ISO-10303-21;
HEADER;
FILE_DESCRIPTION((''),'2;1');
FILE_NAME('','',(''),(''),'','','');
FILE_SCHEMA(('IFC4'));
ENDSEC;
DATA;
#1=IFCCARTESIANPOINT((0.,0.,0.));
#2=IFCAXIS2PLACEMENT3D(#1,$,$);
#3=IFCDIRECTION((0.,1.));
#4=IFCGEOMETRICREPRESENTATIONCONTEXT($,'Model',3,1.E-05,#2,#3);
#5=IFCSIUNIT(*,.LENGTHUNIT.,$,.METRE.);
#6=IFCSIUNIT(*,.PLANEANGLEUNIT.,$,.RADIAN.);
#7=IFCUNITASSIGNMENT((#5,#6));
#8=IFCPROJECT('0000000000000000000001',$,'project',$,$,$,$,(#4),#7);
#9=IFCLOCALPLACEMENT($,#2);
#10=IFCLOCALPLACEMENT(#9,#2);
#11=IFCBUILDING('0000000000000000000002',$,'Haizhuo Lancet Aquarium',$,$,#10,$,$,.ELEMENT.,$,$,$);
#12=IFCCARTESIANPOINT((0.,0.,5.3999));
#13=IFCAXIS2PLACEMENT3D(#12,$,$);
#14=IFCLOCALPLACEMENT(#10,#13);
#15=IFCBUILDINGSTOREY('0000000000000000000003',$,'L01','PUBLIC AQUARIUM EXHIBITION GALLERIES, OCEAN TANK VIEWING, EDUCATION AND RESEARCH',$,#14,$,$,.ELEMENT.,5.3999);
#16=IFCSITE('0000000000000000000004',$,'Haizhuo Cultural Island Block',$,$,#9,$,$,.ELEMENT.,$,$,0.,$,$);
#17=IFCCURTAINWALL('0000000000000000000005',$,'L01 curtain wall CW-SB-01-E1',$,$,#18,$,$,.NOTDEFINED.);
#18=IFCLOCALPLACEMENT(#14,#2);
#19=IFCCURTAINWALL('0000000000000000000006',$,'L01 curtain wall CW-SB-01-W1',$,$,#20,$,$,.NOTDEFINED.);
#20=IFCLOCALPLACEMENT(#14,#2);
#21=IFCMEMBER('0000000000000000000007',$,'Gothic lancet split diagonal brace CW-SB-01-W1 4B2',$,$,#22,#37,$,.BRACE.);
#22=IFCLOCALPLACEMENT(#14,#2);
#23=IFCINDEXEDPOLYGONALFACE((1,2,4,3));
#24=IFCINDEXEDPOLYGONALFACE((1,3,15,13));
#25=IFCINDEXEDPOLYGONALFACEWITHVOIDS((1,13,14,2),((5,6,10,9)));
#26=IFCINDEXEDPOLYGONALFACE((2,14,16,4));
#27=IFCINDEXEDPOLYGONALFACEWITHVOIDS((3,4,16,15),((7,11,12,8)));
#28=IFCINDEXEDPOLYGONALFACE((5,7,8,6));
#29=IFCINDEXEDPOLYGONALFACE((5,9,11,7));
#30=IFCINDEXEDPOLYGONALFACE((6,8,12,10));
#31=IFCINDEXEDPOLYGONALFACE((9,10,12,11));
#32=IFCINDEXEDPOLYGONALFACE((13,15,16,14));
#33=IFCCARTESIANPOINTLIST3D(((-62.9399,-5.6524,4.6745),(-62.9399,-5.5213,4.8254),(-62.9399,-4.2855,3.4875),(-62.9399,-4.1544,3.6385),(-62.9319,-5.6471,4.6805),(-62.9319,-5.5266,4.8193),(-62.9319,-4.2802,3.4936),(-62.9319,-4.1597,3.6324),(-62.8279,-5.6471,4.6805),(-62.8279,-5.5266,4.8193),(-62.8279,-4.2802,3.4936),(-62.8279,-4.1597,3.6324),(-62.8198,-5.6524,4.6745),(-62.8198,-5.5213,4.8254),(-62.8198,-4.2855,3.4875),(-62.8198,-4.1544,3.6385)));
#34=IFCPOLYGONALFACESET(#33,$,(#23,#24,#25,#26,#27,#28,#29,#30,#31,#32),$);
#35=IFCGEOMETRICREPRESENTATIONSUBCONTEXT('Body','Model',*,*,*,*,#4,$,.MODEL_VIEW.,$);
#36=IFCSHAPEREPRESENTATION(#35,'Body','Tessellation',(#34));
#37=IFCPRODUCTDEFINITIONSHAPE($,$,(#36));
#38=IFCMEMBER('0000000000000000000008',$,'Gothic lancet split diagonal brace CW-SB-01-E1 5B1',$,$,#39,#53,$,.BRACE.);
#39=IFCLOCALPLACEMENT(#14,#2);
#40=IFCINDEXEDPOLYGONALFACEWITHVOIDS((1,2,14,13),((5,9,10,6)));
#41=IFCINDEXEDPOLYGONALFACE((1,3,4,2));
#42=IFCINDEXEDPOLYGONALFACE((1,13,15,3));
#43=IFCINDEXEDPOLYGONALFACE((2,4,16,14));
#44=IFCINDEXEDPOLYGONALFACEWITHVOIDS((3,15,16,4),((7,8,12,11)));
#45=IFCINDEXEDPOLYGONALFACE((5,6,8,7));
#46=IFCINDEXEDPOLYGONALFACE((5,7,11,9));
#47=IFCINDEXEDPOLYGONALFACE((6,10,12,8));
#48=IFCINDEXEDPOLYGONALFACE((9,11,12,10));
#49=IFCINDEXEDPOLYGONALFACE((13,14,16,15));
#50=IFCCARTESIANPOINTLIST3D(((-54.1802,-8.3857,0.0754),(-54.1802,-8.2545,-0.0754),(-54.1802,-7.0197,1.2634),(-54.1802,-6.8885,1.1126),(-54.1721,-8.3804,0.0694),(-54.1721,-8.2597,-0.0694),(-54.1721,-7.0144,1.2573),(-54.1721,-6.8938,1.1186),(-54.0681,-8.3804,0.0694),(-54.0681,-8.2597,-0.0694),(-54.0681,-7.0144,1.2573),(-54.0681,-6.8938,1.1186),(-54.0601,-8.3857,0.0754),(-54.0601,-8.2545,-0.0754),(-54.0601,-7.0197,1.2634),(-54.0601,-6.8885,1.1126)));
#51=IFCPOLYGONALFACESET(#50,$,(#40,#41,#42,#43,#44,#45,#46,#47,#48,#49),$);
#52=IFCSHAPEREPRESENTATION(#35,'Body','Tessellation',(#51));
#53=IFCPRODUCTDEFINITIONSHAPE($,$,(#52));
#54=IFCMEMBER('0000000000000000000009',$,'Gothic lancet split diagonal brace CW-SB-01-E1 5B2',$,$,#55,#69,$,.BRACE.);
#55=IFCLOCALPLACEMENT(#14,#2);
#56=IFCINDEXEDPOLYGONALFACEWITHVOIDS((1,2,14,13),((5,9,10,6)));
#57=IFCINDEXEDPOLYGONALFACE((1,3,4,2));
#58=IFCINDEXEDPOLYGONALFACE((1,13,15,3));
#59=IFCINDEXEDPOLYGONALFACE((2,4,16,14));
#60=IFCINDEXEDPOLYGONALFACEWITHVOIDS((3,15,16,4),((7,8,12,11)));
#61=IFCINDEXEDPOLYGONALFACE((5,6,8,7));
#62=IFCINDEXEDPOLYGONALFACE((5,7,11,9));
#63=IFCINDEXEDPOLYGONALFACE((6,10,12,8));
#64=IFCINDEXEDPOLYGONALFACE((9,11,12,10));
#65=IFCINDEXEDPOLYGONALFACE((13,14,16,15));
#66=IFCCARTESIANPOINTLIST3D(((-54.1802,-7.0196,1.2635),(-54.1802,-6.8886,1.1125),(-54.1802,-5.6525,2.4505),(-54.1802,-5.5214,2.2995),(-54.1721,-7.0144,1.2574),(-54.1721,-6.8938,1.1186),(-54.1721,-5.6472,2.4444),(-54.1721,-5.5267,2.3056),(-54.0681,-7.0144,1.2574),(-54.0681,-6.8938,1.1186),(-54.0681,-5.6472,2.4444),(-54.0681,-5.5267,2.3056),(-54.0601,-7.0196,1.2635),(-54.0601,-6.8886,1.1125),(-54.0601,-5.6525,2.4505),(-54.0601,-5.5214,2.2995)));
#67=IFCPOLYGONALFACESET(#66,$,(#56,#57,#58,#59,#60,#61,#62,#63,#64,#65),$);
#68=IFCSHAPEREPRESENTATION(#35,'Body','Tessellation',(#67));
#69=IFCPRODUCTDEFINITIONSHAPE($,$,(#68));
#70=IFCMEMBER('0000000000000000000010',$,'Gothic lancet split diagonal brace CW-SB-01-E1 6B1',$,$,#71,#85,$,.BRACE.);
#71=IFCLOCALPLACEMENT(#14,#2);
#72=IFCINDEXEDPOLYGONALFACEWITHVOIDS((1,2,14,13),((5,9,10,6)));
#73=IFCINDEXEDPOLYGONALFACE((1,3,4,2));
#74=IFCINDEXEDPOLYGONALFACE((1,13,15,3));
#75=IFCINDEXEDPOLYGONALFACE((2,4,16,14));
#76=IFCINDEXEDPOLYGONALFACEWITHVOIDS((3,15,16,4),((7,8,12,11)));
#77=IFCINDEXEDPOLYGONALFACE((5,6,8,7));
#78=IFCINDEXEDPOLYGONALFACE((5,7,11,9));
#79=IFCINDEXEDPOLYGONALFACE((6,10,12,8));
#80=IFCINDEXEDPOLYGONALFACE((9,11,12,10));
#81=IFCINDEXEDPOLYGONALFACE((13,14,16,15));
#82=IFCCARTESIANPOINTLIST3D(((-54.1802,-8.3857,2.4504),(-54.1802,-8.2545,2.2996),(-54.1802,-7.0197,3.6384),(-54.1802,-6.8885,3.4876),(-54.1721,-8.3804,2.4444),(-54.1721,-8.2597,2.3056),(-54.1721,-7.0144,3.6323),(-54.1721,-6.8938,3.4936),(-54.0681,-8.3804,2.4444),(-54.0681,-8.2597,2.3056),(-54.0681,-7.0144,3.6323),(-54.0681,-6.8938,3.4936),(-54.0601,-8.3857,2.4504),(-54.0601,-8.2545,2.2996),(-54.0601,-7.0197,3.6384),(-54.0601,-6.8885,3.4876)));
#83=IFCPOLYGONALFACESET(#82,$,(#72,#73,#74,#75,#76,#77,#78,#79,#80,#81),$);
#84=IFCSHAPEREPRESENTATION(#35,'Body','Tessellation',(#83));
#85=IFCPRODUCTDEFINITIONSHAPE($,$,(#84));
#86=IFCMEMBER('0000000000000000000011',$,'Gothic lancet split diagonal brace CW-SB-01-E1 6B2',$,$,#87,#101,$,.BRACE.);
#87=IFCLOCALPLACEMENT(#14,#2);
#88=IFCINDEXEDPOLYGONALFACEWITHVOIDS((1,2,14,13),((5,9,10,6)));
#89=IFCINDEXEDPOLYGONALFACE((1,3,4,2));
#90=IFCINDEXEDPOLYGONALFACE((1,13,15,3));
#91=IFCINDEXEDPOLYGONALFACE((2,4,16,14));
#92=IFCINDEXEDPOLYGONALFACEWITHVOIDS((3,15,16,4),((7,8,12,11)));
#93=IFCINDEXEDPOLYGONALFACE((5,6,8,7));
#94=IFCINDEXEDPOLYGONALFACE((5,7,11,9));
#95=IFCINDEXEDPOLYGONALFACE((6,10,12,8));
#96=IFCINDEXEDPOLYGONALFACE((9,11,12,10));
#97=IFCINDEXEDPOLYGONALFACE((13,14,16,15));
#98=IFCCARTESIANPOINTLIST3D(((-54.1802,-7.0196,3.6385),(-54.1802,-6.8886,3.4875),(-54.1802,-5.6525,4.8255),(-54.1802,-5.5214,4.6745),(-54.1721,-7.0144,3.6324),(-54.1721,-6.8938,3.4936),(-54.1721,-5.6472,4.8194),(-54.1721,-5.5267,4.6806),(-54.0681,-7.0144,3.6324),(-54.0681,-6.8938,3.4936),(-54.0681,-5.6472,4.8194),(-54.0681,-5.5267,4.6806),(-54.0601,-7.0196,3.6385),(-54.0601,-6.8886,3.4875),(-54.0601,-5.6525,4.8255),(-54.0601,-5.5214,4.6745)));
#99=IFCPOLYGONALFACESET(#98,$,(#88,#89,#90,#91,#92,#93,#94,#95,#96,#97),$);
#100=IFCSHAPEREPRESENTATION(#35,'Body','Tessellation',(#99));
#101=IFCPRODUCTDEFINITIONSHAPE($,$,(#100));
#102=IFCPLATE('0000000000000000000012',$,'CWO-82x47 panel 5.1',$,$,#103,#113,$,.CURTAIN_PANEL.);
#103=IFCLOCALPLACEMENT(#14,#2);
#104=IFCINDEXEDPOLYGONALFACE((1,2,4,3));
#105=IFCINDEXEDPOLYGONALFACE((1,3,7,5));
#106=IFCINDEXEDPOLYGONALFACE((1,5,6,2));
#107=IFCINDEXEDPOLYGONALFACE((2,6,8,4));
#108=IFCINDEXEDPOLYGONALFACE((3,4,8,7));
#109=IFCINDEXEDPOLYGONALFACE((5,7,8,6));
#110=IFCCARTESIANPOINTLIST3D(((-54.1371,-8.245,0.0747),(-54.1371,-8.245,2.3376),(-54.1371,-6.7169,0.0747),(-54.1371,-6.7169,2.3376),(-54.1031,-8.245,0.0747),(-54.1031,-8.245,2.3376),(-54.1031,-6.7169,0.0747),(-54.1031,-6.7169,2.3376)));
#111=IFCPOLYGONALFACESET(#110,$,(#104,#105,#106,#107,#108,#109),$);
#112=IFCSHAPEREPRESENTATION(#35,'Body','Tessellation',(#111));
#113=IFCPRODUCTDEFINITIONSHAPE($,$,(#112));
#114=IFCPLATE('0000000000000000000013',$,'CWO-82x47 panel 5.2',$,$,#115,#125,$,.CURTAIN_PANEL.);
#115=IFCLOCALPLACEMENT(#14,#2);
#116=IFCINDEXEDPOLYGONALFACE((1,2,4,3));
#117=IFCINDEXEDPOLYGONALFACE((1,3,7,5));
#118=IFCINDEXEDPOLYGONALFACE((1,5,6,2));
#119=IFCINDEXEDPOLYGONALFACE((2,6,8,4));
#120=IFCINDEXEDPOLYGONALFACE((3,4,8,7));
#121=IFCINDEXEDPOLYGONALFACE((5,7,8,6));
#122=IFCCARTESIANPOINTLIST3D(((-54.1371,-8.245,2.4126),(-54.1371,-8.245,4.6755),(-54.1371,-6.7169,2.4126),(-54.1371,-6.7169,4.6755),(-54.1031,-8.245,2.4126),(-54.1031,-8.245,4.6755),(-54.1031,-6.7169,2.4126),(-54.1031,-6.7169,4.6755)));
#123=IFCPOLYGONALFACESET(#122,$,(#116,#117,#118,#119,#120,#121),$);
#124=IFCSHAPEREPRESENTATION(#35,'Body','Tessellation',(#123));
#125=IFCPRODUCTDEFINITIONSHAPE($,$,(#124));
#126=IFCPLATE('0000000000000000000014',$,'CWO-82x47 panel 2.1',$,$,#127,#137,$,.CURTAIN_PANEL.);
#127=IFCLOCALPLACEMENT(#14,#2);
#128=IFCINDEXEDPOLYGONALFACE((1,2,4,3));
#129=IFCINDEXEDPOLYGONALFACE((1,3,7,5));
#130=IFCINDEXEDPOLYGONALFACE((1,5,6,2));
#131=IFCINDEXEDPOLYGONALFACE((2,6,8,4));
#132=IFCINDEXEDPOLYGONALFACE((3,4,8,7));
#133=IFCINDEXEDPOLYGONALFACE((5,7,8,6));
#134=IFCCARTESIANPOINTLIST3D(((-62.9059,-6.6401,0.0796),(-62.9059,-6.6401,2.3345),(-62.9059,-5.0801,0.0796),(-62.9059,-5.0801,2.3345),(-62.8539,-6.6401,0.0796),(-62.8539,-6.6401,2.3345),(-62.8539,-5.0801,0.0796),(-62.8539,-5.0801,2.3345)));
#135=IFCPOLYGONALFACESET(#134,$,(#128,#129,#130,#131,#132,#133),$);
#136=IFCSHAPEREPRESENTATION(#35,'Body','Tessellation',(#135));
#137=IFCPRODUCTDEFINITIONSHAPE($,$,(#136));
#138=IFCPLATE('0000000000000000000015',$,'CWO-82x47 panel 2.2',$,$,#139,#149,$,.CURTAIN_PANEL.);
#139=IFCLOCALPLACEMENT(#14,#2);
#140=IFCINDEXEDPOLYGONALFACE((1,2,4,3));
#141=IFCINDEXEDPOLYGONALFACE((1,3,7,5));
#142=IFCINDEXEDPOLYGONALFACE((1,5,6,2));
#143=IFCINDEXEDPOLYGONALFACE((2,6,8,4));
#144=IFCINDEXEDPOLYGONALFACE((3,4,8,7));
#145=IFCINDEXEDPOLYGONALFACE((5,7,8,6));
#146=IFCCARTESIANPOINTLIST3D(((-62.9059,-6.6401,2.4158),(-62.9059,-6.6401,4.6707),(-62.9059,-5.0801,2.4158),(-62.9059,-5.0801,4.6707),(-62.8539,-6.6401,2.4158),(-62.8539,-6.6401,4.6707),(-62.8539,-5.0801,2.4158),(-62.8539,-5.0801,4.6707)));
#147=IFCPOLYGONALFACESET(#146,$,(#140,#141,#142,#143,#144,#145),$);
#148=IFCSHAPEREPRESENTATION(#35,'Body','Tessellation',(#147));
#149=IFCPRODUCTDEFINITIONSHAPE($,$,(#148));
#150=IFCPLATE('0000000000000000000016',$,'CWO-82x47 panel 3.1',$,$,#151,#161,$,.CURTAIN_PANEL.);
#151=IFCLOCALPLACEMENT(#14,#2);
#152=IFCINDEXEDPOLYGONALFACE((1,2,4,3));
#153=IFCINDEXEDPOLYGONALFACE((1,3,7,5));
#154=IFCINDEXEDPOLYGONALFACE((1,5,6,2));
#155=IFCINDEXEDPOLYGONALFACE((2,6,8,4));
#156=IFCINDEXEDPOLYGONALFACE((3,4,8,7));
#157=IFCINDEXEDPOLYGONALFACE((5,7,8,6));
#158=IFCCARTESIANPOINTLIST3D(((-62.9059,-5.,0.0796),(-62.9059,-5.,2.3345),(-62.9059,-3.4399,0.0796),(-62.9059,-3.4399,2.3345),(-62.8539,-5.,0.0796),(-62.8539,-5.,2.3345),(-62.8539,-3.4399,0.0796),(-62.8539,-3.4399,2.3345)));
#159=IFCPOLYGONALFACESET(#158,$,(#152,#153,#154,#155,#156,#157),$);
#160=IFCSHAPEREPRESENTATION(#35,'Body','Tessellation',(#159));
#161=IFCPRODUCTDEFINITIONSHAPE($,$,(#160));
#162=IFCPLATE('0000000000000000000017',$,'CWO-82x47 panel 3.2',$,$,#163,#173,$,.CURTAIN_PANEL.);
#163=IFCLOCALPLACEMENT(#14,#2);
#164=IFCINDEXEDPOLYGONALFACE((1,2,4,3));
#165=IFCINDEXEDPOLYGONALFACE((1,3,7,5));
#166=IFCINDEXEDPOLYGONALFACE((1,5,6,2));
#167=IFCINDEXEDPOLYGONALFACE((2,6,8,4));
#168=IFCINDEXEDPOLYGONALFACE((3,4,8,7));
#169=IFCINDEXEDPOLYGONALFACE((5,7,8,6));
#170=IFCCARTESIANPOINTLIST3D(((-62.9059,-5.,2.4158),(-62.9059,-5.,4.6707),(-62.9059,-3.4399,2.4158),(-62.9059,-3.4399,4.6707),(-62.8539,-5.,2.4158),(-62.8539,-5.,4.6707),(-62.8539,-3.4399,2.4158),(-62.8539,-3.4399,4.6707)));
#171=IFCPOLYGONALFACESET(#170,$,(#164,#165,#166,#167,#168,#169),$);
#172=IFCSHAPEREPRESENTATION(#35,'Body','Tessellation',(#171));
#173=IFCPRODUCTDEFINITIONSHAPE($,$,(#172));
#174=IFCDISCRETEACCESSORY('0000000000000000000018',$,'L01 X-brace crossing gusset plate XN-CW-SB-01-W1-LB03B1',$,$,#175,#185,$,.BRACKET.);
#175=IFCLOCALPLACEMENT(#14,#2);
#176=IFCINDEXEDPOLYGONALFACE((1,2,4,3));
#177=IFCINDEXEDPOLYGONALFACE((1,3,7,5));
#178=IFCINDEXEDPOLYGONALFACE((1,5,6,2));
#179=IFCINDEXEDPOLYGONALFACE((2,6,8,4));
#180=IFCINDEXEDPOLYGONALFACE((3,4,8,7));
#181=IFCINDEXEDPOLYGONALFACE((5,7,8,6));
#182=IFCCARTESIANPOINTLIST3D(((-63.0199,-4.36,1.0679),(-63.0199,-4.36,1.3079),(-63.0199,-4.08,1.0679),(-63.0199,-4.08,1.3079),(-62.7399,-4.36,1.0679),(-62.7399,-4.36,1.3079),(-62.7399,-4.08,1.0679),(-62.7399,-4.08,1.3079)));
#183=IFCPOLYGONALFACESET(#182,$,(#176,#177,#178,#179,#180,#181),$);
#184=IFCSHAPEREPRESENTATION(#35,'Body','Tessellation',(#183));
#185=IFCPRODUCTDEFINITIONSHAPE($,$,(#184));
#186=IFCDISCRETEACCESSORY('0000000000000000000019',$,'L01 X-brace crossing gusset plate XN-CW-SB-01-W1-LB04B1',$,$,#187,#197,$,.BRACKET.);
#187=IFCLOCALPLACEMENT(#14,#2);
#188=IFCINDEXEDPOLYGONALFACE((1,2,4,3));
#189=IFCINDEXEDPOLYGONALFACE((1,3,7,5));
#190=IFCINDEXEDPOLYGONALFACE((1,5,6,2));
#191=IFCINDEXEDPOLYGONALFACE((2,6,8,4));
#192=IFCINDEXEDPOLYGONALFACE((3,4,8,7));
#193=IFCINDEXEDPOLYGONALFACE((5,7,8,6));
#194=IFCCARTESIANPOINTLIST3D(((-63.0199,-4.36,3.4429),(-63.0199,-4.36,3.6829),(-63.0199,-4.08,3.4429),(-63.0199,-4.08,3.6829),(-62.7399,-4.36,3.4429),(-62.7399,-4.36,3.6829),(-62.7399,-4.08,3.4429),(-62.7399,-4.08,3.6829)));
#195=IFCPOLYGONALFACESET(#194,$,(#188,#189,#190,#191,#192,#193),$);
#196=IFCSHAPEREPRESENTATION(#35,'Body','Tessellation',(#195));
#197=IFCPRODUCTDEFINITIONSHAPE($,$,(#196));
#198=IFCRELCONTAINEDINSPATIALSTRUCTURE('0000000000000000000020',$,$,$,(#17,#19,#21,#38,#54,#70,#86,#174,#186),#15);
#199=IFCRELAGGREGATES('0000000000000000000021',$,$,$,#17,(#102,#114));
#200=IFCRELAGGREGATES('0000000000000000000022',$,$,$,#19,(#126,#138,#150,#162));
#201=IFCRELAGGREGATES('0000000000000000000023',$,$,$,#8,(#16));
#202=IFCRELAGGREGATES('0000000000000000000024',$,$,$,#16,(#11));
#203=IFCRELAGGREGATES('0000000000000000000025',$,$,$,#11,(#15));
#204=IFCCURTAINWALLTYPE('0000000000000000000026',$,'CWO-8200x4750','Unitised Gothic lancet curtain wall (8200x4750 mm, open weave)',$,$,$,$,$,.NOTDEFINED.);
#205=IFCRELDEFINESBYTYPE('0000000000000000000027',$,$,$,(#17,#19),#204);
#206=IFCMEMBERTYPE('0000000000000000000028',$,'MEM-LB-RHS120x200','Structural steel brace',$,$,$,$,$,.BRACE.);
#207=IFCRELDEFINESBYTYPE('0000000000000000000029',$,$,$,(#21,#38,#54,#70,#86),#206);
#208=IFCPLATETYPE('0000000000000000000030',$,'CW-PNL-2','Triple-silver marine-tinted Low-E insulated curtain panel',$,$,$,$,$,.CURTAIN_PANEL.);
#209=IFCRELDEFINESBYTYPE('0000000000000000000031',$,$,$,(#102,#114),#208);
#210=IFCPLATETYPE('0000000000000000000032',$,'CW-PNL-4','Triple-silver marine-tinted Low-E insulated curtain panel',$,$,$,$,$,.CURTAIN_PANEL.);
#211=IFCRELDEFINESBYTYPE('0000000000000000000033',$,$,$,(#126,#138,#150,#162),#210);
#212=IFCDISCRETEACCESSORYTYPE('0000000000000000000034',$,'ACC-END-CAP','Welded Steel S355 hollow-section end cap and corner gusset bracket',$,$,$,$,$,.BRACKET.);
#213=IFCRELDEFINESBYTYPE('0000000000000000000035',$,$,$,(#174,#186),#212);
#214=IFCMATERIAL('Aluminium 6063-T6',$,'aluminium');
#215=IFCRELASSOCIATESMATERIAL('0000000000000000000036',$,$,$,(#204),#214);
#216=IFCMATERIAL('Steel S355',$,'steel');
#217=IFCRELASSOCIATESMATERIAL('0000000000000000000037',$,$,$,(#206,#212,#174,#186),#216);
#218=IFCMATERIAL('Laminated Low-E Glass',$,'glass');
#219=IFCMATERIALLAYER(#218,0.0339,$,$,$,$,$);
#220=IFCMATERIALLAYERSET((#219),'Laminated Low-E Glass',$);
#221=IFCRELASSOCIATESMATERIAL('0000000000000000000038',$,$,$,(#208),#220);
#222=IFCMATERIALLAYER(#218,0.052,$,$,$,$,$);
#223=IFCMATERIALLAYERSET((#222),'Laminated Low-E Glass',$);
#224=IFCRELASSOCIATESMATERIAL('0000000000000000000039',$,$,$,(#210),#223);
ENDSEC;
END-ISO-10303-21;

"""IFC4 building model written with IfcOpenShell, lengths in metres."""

from ifc_helpers import new_model, si_unit, direction, frame, origin, origin_2d, place, context, subcontext, project, spatial, rectangle, hollow_rectangle, extrude, material, layer, layer_set, material_profile, profile_set, type_object, element, aggregate, save


model = new_model("IFC4")

# Units and contexts
model_context = context("Model", 3, precision=1e-05, world=origin(), true_north=direction((0.0, 1.0)))
body_context = subcontext(model_context, "Body", "Model", "MODEL_VIEW")
ifc_project = project(units=[si_unit("LENGTHUNIT", "METRE"), si_unit("PLANEANGLEUNIT", "RADIAN")], contexts=[model_context])

# Site, building, storey
site_placement = place(None, origin())
site = spatial("IfcSite", under=ifc_project, at=site_placement, Name="Haizhuo Cultural Island Block", CompositionType="ELEMENT", RefElevation=0.0)
building_placement = place(site_placement, origin())
building = spatial("IfcBuilding", under=site, at=building_placement, Name="Haizhuo Lancet Aquarium", CompositionType="ELEMENT")
storey_placement = place(building_placement, frame((0.0, 0.0, 5.3999)))
storey = spatial("IfcBuildingStorey", under=building, at=storey_placement, Name="L01", Description="PUBLIC AQUARIUM EXHIBITION GALLERIES, OCEAN TANK VIEWING, EDUCATION AND RESEARCH", CompositionType="ELEMENT", Elevation=5.3999)

# Curtain wall
ifc_material_1 = material(Name="Aluminium 6063-T6", Category="aluminium")
curtain_wall_type = type_object("IfcCurtainWallType", Name="CWO-8200x4750", Description="Unitised Gothic lancet curtain wall (8200x4750 mm, open weave)", PredefinedType="NOTDEFINED", material=ifc_material_1)
curtain_wall_1_placement = place(storey_placement, origin())
curtain_wall_1 = element("IfcCurtainWall", 1, at=curtain_wall_1_placement, inside=storey, type_object=curtain_wall_type, Name="L01 curtain wall CW-SB-01-E1", PredefinedType="NOTDEFINED")

# Curtain wall
curtain_wall_2_placement = place(storey_placement, origin())
curtain_wall_2 = element("IfcCurtainWall", 2, at=curtain_wall_2_placement, inside=storey, type_object=curtain_wall_type, Name="L01 curtain wall CW-SB-01-W1", PredefinedType="NOTDEFINED")

# Members
ifc_material_2 = material(Name="Steel S355", Category="steel")
ifc_material_profile_1 = material_profile(ifc_material_2, hollow_rectangle(XDim=0.1201, YDim=0.2, WallThickness=0.0081, at=origin_2d()), Name="RHS 120x200x8")
ifc_profile_set_1 = profile_set([ifc_material_profile_1], Name="Steel S355")
member_type_1 = type_object("IfcMemberType", Name="MEM-LB-RHS120x200", Description="Structural steel brace", PredefinedType="BRACE", material=ifc_profile_set_1)
for number, where, z_axis, x_axis, name in (
    (3, (-62.8799, -4.22, 3.563), (0.0, -0.755052, 0.655664), (1.0, 0.0, 0.0), "Gothic lancet split diagonal brace CW-SB-01-W1 4B2"),
    (4, (-54.1201, -8.3201, 0.0), (0.0, 0.754553, 0.656239), (-1.0, 0.0, 0.0), "Gothic lancet split diagonal brace CW-SB-01-E1 5B1"),
):
    element("IfcMember", number, at=place(storey_placement, frame(where, z_axis=z_axis, x_axis=x_axis)), inside=storey, type_object=member_type_1, Name=name, PredefinedType="BRACE", context=body_context, shape_type="SweptSolid", body=[
        extrude(hollow_rectangle(XDim=0.1201, YDim=0.2, WallThickness=0.0081, at=origin_2d()), origin(), (0.0, 0.0, 1.0), 1.8103),
    ])
member_1_placement = place(storey_placement, frame((-54.1201, -6.9541, 1.188), z_axis=(0.0, 0.75511, 0.655598), x_axis=(-1.0, 0.0, 0.0)))
element("IfcMember", 5, at=member_1_placement, inside=storey, type_object=member_type_1, Name="Gothic lancet split diagonal brace CW-SB-01-E1 5B2", PredefinedType="BRACE", context=body_context, shape_type="SweptSolid", body=[
    extrude(hollow_rectangle(XDim=0.1201, YDim=0.2, WallThickness=0.0081, at=origin_2d()), origin(), (0.0, 0.0, 1.0), 1.8105),
])
member_2_placement = place(storey_placement, frame((-54.1201, -8.3201, 2.375), z_axis=(0.0, 0.754553, 0.656239), x_axis=(-1.0, 0.0, 0.0)))
element("IfcMember", 6, at=member_2_placement, inside=storey, type_object=member_type_1, Name="Gothic lancet split diagonal brace CW-SB-01-E1 6B1", PredefinedType="BRACE", context=body_context, shape_type="SweptSolid", body=[
    extrude(hollow_rectangle(XDim=0.1201, YDim=0.2, WallThickness=0.0081, at=origin_2d()), origin(), (0.0, 0.0, 1.0), 1.8103),
])
member_3_placement = place(storey_placement, frame((-54.1201, -6.9541, 3.563), z_axis=(0.0, 0.75511, 0.655598), x_axis=(-1.0, 0.0, 0.0)))
element("IfcMember", 7, at=member_3_placement, inside=storey, type_object=member_type_1, Name="Gothic lancet split diagonal brace CW-SB-01-E1 6B2", PredefinedType="BRACE", context=body_context, shape_type="SweptSolid", body=[
    extrude(hollow_rectangle(XDim=0.1201, YDim=0.2, WallThickness=0.0081, at=origin_2d()), origin(), (0.0, 0.0, 1.0), 1.8105),
])

# Plates
ifc_material_3 = material(Name="Laminated Low-E Glass", Category="glass")
ifc_layer_1 = layer(ifc_material_3, 0.0339)
ifc_layer_set_1 = layer_set([ifc_layer_1], Name="Laminated Low-E Glass")
plate_type_1 = type_object("IfcPlateType", Name="CW-PNL-2", Description="Triple-silver marine-tinted Low-E insulated curtain panel", PredefinedType="CURTAIN_PANEL", material=ifc_layer_set_1)
plate_1_placement = place(storey_placement, frame((-54.1201, -7.481, 0.0747), z_axis=(0.0, 0.0, 1.0), x_axis=(0.0, -1.0, 0.0)))
plate_1 = element("IfcPlate", 8, at=plate_1_placement, type_object=plate_type_1, Name="CWO-82x47 panel 5.1", PredefinedType="CURTAIN_PANEL", context=body_context, shape_type="SweptSolid", body=[
    extrude(rectangle(XDim=1.5281, YDim=0.0339, at=origin_2d()), origin(), (0.0, 0.0, 1.0), 2.2629),
])
plate_2_placement = place(storey_placement, frame((-54.1201, -7.481, 2.4126), z_axis=(0.0, 0.0, 1.0), x_axis=(0.0, -1.0, 0.0)))
plate_2 = element("IfcPlate", 9, at=plate_2_placement, type_object=plate_type_1, Name="CWO-82x47 panel 5.2", PredefinedType="CURTAIN_PANEL", context=body_context, shape_type="SweptSolid", body=[
    extrude(rectangle(XDim=1.5281, YDim=0.0339, at=origin_2d()), origin(), (0.0, 0.0, 1.0), 2.2629),
])
aggregate(curtain_wall_1, [plate_1, plate_2])
ifc_layer_2 = layer(ifc_material_3, 0.052)
ifc_layer_set_2 = layer_set([ifc_layer_2], Name="Laminated Low-E Glass")
plate_type_2 = type_object("IfcPlateType", Name="CW-PNL-4", Description="Triple-silver marine-tinted Low-E insulated curtain panel", PredefinedType="CURTAIN_PANEL", material=ifc_layer_set_2)
plate_3_placement = place(storey_placement, frame((-62.8799, -5.8601, 0.0796), z_axis=(0.0, 0.0, 1.0), x_axis=(0.0, 1.0, 0.0)))
plate_3 = element("IfcPlate", 10, at=plate_3_placement, type_object=plate_type_2, Name="CWO-82x47 panel 2.1", PredefinedType="CURTAIN_PANEL", context=body_context, shape_type="SweptSolid", body=[
    extrude(rectangle(XDim=1.5601, YDim=0.052, at=origin_2d()), origin(), (0.0, 0.0, 1.0), 2.2549),
])
plate_4_placement = place(storey_placement, frame((-62.8799, -5.8601, 2.4158), z_axis=(0.0, 0.0, 1.0), x_axis=(0.0, 1.0, 0.0)))
plate_4 = element("IfcPlate", 11, at=plate_4_placement, type_object=plate_type_2, Name="CWO-82x47 panel 2.2", PredefinedType="CURTAIN_PANEL", context=body_context, shape_type="SweptSolid", body=[
    extrude(rectangle(XDim=1.5601, YDim=0.052, at=origin_2d()), origin(), (0.0, 0.0, 1.0), 2.2549),
])
plate_5_placement = place(storey_placement, frame((-62.8799, -4.22, 0.0796), z_axis=(0.0, 0.0, 1.0), x_axis=(0.0, 1.0, 0.0)))
plate_5 = element("IfcPlate", 12, at=plate_5_placement, type_object=plate_type_2, Name="CWO-82x47 panel 3.1", PredefinedType="CURTAIN_PANEL", context=body_context, shape_type="SweptSolid", body=[
    extrude(rectangle(XDim=1.5601, YDim=0.052, at=origin_2d()), origin(), (0.0, 0.0, 1.0), 2.2549),
])
plate_6_placement = place(storey_placement, frame((-62.8799, -4.22, 2.4158), z_axis=(0.0, 0.0, 1.0), x_axis=(0.0, 1.0, 0.0)))
plate_6 = element("IfcPlate", 13, at=plate_6_placement, type_object=plate_type_2, Name="CWO-82x47 panel 3.2", PredefinedType="CURTAIN_PANEL", context=body_context, shape_type="SweptSolid", body=[
    extrude(rectangle(XDim=1.5601, YDim=0.052, at=origin_2d()), origin(), (0.0, 0.0, 1.0), 2.2549),
])
aggregate(curtain_wall_2, [plate_3, plate_4, plate_5, plate_6])

# Discrete accessories
discrete_accessory_type = type_object("IfcDiscreteAccessoryType", Name="ACC-END-CAP", Description="Welded Steel S355 hollow-section end cap and corner gusset bracket", PredefinedType="BRACKET", material=ifc_material_2)
for number, where, z_axis, x_axis, name in (
    (14, (-62.8799, -4.22, 1.0679), (0.0, 0.0, 1.0), (1.0, 0.0, 0.0), "L01 X-brace crossing gusset plate XN-CW-SB-01-W1-LB03B1"),
    (15, (-62.8799, -4.22, 3.4429), (0.0, 0.0, 1.0), (1.0, 0.0, 0.0), "L01 X-brace crossing gusset plate XN-CW-SB-01-W1-LB04B1"),
):
    element("IfcDiscreteAccessory", number, at=place(storey_placement, frame(where, z_axis=z_axis, x_axis=x_axis)), inside=storey, type_object=discrete_accessory_type, material=ifc_material_2, Name=name, PredefinedType="BRACKET", context=body_context, shape_type="SweptSolid", body=[
        extrude(rectangle(XDim=0.28, YDim=0.28, at=origin_2d()), origin(), (0.0, 0.0, 1.0), 0.24),
    ])

save(model, "model.ifc")
